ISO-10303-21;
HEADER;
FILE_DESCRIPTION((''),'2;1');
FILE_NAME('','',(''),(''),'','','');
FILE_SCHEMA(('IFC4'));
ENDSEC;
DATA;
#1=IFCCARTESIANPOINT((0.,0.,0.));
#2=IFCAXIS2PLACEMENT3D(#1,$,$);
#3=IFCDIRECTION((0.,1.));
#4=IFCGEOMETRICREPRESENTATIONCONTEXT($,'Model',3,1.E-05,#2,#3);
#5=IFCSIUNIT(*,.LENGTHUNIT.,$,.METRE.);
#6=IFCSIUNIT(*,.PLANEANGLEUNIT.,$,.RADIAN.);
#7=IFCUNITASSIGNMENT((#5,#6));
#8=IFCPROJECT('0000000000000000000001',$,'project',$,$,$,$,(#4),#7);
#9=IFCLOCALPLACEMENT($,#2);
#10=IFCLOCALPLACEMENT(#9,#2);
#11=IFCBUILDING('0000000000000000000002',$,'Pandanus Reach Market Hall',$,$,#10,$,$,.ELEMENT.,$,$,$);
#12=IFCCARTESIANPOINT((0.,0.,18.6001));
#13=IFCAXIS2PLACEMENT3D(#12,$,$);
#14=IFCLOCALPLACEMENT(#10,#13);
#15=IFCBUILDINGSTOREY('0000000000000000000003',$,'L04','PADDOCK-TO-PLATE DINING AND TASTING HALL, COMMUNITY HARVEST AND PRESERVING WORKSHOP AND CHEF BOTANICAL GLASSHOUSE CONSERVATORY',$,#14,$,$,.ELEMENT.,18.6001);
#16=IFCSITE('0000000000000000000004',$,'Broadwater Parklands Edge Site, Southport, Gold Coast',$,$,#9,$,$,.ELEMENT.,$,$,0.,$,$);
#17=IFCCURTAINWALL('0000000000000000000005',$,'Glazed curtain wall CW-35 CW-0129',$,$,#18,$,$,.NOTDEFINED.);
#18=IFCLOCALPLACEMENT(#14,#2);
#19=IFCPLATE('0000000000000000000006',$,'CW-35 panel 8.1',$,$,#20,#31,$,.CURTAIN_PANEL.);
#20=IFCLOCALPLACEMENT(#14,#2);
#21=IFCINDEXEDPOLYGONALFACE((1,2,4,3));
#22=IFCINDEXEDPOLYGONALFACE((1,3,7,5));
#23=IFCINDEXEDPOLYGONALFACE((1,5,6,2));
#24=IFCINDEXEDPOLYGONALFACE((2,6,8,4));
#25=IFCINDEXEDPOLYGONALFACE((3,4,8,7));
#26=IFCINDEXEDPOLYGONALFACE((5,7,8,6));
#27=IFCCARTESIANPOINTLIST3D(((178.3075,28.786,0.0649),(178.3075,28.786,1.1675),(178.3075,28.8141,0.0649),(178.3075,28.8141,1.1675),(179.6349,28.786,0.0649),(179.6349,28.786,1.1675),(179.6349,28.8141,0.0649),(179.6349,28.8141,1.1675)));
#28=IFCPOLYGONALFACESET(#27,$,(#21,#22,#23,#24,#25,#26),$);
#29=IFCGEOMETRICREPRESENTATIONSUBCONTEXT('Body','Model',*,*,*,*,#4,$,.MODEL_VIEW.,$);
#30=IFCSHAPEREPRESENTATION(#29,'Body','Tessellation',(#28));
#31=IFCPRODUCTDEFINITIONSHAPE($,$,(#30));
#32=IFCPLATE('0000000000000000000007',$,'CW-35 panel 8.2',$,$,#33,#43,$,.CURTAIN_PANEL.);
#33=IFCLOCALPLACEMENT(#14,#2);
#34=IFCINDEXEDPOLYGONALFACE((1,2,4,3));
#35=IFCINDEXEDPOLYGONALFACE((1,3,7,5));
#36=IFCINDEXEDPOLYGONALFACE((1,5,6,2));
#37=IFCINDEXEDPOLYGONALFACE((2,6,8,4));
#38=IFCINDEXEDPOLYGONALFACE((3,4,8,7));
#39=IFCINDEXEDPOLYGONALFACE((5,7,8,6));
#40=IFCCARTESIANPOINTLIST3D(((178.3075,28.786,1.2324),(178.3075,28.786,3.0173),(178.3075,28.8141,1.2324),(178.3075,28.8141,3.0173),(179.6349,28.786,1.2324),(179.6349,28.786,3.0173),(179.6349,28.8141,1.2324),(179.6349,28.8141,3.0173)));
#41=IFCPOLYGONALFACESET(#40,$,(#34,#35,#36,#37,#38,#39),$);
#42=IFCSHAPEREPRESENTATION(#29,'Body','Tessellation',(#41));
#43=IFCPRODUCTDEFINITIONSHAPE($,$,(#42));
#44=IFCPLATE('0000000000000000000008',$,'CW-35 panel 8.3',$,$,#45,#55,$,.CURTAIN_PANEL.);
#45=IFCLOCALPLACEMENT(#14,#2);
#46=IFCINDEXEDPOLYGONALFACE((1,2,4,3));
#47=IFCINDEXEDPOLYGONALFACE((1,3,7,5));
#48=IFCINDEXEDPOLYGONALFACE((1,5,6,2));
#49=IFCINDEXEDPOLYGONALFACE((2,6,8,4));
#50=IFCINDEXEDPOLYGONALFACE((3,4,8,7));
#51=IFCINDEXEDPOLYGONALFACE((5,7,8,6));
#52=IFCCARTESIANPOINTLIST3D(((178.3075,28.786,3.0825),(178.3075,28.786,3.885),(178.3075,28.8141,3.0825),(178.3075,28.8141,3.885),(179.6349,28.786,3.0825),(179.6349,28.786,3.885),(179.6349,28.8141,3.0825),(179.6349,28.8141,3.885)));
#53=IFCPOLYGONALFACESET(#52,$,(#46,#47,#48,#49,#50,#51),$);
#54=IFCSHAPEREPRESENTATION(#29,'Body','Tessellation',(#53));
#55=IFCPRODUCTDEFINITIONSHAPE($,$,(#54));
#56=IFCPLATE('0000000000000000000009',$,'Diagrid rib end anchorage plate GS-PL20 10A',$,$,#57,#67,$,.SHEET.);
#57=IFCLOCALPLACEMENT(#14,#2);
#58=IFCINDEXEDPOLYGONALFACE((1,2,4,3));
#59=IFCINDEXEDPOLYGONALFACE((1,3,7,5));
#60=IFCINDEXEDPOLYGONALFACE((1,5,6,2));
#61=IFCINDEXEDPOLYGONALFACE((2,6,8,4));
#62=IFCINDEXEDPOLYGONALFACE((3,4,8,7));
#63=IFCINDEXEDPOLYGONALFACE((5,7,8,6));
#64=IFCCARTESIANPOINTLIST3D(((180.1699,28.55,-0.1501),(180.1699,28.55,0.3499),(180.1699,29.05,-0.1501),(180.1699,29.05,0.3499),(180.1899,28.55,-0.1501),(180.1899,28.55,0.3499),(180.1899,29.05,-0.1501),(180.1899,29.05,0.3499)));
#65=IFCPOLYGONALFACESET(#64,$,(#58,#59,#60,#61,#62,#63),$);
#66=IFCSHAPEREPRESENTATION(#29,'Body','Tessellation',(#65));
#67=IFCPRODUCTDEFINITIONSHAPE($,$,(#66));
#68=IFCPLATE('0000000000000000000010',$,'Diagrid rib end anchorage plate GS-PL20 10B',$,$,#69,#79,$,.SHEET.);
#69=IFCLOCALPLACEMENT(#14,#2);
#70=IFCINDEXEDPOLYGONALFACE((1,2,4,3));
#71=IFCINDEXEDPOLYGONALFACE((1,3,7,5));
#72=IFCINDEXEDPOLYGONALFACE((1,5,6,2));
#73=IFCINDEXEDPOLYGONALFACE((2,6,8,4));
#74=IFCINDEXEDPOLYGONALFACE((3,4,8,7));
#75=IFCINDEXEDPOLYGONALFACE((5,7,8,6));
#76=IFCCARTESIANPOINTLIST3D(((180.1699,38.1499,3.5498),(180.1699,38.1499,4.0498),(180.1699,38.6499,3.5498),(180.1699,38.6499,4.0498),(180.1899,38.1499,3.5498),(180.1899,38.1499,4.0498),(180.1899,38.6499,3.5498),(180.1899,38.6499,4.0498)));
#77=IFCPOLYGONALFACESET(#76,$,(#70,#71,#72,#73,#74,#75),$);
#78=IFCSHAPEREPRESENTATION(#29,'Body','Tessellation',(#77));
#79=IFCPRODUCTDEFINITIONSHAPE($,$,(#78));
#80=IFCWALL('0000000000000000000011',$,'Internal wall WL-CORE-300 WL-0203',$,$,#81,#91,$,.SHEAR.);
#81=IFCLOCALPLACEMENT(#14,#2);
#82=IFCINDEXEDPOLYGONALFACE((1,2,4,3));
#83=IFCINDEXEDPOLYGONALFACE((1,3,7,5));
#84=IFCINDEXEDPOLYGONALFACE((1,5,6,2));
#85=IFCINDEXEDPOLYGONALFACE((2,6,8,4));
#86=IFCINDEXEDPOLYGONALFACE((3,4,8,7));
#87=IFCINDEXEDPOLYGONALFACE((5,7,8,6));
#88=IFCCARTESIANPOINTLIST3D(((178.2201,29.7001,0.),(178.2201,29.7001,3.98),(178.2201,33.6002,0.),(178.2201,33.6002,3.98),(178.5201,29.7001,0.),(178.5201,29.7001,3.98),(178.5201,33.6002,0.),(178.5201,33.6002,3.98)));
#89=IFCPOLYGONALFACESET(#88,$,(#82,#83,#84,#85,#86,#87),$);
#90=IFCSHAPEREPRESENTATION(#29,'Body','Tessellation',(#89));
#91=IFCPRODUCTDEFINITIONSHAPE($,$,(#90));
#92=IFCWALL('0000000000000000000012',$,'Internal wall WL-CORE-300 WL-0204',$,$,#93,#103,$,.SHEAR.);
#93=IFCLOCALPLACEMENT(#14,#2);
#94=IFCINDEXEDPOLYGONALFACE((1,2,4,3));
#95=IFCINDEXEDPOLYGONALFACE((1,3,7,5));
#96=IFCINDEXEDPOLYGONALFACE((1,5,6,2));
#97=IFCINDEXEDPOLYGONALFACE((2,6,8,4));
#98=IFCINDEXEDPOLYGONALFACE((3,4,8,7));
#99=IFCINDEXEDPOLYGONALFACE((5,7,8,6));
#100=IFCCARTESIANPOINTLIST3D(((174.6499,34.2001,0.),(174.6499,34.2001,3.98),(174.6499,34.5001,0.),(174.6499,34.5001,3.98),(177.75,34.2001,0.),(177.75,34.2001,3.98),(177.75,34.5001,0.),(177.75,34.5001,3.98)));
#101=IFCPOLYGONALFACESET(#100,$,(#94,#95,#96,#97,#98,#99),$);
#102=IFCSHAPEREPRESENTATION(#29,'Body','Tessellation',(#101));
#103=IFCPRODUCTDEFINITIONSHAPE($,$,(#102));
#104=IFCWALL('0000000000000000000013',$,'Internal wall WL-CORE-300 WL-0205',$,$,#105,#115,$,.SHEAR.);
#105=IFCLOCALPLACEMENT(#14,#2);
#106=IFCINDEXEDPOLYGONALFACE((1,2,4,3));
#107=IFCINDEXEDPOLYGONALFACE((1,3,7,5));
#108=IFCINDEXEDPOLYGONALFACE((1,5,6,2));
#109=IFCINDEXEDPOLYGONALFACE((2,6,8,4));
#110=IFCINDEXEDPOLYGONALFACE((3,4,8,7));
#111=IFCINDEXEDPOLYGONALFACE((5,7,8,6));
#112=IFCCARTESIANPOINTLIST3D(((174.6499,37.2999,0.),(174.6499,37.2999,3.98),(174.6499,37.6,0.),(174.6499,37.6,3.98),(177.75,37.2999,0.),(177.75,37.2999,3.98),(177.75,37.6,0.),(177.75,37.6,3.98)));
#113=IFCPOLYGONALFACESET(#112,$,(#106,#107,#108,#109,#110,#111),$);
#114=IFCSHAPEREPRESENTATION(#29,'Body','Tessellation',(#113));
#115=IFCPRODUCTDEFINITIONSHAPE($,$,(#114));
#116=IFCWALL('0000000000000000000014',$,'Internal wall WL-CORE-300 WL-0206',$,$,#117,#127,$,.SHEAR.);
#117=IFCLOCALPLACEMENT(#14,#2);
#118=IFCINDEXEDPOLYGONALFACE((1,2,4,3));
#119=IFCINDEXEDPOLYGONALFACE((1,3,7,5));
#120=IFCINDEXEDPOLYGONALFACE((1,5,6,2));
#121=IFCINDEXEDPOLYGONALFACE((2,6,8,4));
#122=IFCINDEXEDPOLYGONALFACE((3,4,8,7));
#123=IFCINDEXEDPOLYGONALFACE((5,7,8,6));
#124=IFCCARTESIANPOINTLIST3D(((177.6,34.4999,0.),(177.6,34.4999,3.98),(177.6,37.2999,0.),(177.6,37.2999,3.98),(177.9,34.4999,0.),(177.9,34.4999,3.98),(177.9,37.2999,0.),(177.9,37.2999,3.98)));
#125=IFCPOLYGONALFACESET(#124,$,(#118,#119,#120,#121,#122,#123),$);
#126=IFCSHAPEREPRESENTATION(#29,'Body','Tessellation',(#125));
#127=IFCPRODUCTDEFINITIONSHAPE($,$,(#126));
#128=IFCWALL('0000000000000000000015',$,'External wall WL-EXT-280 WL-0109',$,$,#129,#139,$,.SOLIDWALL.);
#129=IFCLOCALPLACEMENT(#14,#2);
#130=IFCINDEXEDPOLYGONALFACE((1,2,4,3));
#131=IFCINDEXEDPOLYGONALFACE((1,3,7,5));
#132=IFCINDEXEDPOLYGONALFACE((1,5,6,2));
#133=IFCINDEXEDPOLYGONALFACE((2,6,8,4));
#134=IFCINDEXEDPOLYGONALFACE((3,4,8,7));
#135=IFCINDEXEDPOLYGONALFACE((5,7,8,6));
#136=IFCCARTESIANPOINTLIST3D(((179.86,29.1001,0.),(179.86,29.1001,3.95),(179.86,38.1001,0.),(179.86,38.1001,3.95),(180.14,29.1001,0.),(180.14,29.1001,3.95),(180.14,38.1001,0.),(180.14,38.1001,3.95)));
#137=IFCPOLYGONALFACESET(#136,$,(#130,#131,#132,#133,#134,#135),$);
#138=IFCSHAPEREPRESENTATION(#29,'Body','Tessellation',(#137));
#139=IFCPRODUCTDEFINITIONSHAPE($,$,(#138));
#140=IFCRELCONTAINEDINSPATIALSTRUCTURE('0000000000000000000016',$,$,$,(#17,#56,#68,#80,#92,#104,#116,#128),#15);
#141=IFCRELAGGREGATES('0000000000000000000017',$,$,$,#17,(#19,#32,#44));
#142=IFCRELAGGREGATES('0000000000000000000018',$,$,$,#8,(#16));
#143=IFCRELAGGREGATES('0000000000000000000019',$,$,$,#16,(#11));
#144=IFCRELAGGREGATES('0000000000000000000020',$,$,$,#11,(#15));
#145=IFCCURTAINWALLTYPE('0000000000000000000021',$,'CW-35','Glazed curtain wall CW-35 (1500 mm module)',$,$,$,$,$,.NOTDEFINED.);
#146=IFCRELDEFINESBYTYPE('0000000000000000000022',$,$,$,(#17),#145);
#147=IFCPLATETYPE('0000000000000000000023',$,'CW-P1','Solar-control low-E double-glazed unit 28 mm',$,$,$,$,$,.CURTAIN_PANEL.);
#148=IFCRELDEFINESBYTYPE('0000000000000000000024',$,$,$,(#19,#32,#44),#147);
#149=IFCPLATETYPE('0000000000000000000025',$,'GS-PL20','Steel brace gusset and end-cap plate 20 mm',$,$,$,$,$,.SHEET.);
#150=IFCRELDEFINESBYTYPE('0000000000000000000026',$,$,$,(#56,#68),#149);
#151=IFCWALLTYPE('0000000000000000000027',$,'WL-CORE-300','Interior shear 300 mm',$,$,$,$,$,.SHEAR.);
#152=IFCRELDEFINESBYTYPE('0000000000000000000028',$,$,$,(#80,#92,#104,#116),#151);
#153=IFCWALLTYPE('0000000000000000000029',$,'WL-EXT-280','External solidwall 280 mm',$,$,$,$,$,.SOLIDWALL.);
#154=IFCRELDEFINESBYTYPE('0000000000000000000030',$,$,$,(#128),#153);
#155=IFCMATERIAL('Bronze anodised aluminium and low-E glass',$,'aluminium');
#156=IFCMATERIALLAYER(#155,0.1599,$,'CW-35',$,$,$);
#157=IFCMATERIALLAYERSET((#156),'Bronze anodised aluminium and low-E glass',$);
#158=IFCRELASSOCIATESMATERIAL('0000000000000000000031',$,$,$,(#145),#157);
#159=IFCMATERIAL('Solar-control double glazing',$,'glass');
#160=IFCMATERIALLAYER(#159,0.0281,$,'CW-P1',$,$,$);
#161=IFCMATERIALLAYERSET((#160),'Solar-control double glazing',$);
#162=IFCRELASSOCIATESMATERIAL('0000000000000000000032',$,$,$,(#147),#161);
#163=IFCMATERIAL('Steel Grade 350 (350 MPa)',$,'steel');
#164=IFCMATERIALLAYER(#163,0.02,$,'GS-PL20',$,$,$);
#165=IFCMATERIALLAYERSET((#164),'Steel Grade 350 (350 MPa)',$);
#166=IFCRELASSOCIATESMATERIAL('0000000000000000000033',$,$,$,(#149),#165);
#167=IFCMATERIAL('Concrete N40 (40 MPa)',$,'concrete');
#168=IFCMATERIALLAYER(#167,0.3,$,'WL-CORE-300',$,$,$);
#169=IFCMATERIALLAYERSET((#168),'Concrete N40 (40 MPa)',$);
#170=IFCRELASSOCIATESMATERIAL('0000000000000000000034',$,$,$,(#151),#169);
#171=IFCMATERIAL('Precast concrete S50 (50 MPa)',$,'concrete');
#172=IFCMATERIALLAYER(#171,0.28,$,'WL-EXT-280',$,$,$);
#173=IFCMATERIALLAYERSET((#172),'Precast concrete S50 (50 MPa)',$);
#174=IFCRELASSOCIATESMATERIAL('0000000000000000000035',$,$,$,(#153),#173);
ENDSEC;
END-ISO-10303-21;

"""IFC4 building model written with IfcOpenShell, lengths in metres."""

from ifc_helpers import new_model, si_unit, direction, frame, frame_2d, origin, origin_2d, place, context, subcontext, project, spatial, rectangle, extrude, material, layer, layer_set, type_object, element, aggregate, save


model = new_model("IFC4")

# Units and contexts
model_context = context("Model", 3, precision=1e-05, world=origin(), true_north=direction((0.0, 1.0)))
body_context = subcontext(model_context, "Body", "Model", "MODEL_VIEW")
ifc_project = project(units=[si_unit("LENGTHUNIT", "METRE"), si_unit("PLANEANGLEUNIT", "RADIAN")], contexts=[model_context])

# Site, building, storey
site_placement = place(None, origin())
site = spatial("IfcSite", under=ifc_project, at=site_placement, Name="Broadwater Parklands Edge Site, Southport, Gold Coast", CompositionType="ELEMENT", RefElevation=0.0)
building_placement = place(site_placement, origin())
building = spatial("IfcBuilding", under=site, at=building_placement, Name="Pandanus Reach Market Hall", CompositionType="ELEMENT")
storey_placement = place(building_placement, frame((0.0, 0.0, 18.6001)))
storey = spatial("IfcBuildingStorey", under=building, at=storey_placement, Name="L04", Description="PADDOCK-TO-PLATE DINING AND TASTING HALL, COMMUNITY HARVEST AND PRESERVING WORKSHOP AND CHEF BOTANICAL GLASSHOUSE CONSERVATORY", CompositionType="ELEMENT", Elevation=18.6001)

# Shared definitions
ifc_material_1 = material(Name="Concrete N40 (40 MPa)", Category="concrete")

# Curtain wall
ifc_material_2 = material(Name="Bronze anodised aluminium and low-E glass", Category="aluminium")
ifc_layer_1 = layer(ifc_material_2, 0.1599, Name="CW-35")
ifc_layer_set_1 = layer_set([ifc_layer_1], Name="Bronze anodised aluminium and low-E glass")
curtain_wall_type = type_object("IfcCurtainWallType", Name="CW-35", Description="Glazed curtain wall CW-35 (1500 mm module)", PredefinedType="NOTDEFINED", material=ifc_layer_set_1)
curtain_wall_placement = place(storey_placement, origin())
curtain_wall = element("IfcCurtainWall", 1, at=curtain_wall_placement, inside=storey, type_object=curtain_wall_type, Name="Glazed curtain wall CW-35 CW-0129", PredefinedType="NOTDEFINED")

# Shared definitions
ifc_material_3 = material(Name="Steel Grade 350 (350 MPa)", Category="steel")

# Plates
ifc_material_4 = material(Name="Solar-control double glazing", Category="glass")
ifc_layer_2 = layer(ifc_material_4, 0.0281, Name="CW-P1")
ifc_layer_set_2 = layer_set([ifc_layer_2], Name="Solar-control double glazing")
plate_type_1 = type_object("IfcPlateType", Name="CW-P1", Description="Solar-control low-E double-glazed unit 28 mm", PredefinedType="CURTAIN_PANEL", material=ifc_layer_set_2)
plate_1_placement = place(storey_placement, frame((178.9712, 28.8, 0.0649), z_axis=(0.0, 0.0, 1.0), x_axis=(1.0, 0.0, 0.0)))
plate_1 = element("IfcPlate", 2, at=plate_1_placement, type_object=plate_type_1, Name="CW-35 panel 8.1", PredefinedType="CURTAIN_PANEL", context=body_context, shape_type="SweptSolid", body=[
    extrude(rectangle(XDim=1.3274, YDim=0.0281, at=origin_2d()), origin(), (0.0, 0.0, 1.0), 1.1025),
])
plate_2_placement = place(storey_placement, frame((178.9712, 28.8, 1.2324), z_axis=(0.0, 0.0, 1.0), x_axis=(1.0, 0.0, 0.0)))
plate_2 = element("IfcPlate", 3, at=plate_2_placement, type_object=plate_type_1, Name="CW-35 panel 8.2", PredefinedType="CURTAIN_PANEL", context=body_context, shape_type="SweptSolid", body=[
    extrude(rectangle(XDim=1.3274, YDim=0.0281, at=origin_2d()), origin(), (0.0, 0.0, 1.0), 1.7849),
])
plate_3_placement = place(storey_placement, frame((178.9712, 28.8, 3.0825), z_axis=(0.0, 0.0, 1.0), x_axis=(1.0, 0.0, 0.0)))
plate_3 = element("IfcPlate", 4, at=plate_3_placement, type_object=plate_type_1, Name="CW-35 panel 8.3", PredefinedType="CURTAIN_PANEL", context=body_context, shape_type="SweptSolid", body=[
    extrude(rectangle(XDim=1.3274, YDim=0.0281, at=origin_2d()), origin(), (0.0, 0.0, 1.0), 0.8025),
])
aggregate(curtain_wall, [plate_1, plate_2, plate_3])

# Plates
ifc_layer_3 = layer(ifc_material_3, 0.02, Name="GS-PL20")
ifc_layer_set_3 = layer_set([ifc_layer_3], Name="Steel Grade 350 (350 MPa)")
plate_type_2 = type_object("IfcPlateType", Name="GS-PL20", Description="Steel brace gusset and end-cap plate 20 mm", PredefinedType="SHEET", material=ifc_layer_set_3)
for number, where, z_axis, x_axis, name in (
    (5, (180.1799, 28.8, -0.1501), (0.0, 0.0, 1.0), (1.0, 0.0, 0.0), "Diagrid rib end anchorage plate GS-PL20 10A"),
    (6, (180.1799, 38.3999, 3.5498), (0.0, 0.0, 1.0), (1.0, 0.0, 0.0), "Diagrid rib end anchorage plate GS-PL20 10B"),
):
    element("IfcPlate", number, at=place(storey_placement, frame(where, z_axis=z_axis, x_axis=x_axis)), inside=storey, type_object=plate_type_2, Name=name, PredefinedType="SHEET", context=body_context, shape_type="SweptSolid", body=[
        extrude(rectangle(XDim=0.02, YDim=0.5, at=origin_2d()), origin(), (0.0, 0.0, 1.0), 0.5),
    ])

# Walls
ifc_layer_4 = layer(ifc_material_1, 0.3, Name="WL-CORE-300")
ifc_layer_set_4 = layer_set([ifc_layer_4], Name="Concrete N40 (40 MPa)")
wall_type_1 = type_object("IfcWallType", Name="WL-CORE-300", Description="Interior shear 300 mm", PredefinedType="SHEAR", material=ifc_layer_set_4)
wall_1_placement = place(storey_placement, frame((178.3701, 29.7, 0.0), z_axis=(0.0, 0.0, 1.0), x_axis=(0.0, 1.0, 0.0)))
element("IfcWall", 7, at=wall_1_placement, inside=storey, type_object=wall_type_1, Name="Internal wall WL-CORE-300 WL-0203", PredefinedType="SHEAR", context=body_context, shape_type="SweptSolid", body=[
    extrude(rectangle(XDim=3.9001, YDim=0.3, at=frame_2d((1.9502, 0.0))), origin(), (0.0, 0.0, 1.0), 3.98),
])
for number, where, z_axis, x_axis, name in (
    (8, (174.6499, 34.3501, 0.0), (0.0, 0.0, 1.0), (1.0, 0.0, 0.0), "Internal wall WL-CORE-300 WL-0204"),
    (9, (174.6499, 37.45, 0.0), (0.0, 0.0, 1.0), (1.0, 0.0, 0.0), "Internal wall WL-CORE-300 WL-0205"),
):
    element("IfcWall", number, at=place(storey_placement, frame(where, z_axis=z_axis, x_axis=x_axis)), inside=storey, type_object=wall_type_1, Name=name, PredefinedType="SHEAR", context=body_context, shape_type="SweptSolid", body=[
        extrude(rectangle(XDim=3.1001, YDim=0.3, at=frame_2d((1.55, 0.0))), origin(), (0.0, 0.0, 1.0), 3.98),
    ])
wall_2_placement = place(storey_placement, frame((177.75, 34.5, 0.0), z_axis=(0.0, 0.0, 1.0), x_axis=(0.0, 1.0, 0.0)))
element("IfcWall", 10, at=wall_2_placement, inside=storey, type_object=wall_type_1, Name="Internal wall WL-CORE-300 WL-0206", PredefinedType="SHEAR", context=body_context, shape_type="SweptSolid", body=[
    extrude(rectangle(XDim=2.8, YDim=0.3, at=frame_2d((1.3999, 0.0))), origin(), (0.0, 0.0, 1.0), 3.98),
])

# Wall
ifc_material_5 = material(Name="Precast concrete S50 (50 MPa)", Category="concrete")
ifc_layer_5 = layer(ifc_material_5, 0.28, Name="WL-EXT-280")
ifc_layer_set_5 = layer_set([ifc_layer_5], Name="Precast concrete S50 (50 MPa)")
wall_type_2 = type_object("IfcWallType", Name="WL-EXT-280", Description="External solidwall 280 mm", PredefinedType="SOLIDWALL", material=ifc_layer_set_5)
wall_3_placement = place(storey_placement, frame((180.0, 29.1001, 0.0), z_axis=(0.0, 0.0, 1.0), x_axis=(0.0, 1.0, 0.0)))
element("IfcWall", 11, at=wall_3_placement, inside=storey, type_object=wall_type_2, Name="External wall WL-EXT-280 WL-0109", PredefinedType="SOLIDWALL", context=body_context, shape_type="SweptSolid", body=[
    extrude(rectangle(XDim=9.0, YDim=0.28, at=frame_2d((4.5, 0.0))), origin(), (0.0, 0.0, 1.0), 3.95),
])

save(model, "model.ifc")
